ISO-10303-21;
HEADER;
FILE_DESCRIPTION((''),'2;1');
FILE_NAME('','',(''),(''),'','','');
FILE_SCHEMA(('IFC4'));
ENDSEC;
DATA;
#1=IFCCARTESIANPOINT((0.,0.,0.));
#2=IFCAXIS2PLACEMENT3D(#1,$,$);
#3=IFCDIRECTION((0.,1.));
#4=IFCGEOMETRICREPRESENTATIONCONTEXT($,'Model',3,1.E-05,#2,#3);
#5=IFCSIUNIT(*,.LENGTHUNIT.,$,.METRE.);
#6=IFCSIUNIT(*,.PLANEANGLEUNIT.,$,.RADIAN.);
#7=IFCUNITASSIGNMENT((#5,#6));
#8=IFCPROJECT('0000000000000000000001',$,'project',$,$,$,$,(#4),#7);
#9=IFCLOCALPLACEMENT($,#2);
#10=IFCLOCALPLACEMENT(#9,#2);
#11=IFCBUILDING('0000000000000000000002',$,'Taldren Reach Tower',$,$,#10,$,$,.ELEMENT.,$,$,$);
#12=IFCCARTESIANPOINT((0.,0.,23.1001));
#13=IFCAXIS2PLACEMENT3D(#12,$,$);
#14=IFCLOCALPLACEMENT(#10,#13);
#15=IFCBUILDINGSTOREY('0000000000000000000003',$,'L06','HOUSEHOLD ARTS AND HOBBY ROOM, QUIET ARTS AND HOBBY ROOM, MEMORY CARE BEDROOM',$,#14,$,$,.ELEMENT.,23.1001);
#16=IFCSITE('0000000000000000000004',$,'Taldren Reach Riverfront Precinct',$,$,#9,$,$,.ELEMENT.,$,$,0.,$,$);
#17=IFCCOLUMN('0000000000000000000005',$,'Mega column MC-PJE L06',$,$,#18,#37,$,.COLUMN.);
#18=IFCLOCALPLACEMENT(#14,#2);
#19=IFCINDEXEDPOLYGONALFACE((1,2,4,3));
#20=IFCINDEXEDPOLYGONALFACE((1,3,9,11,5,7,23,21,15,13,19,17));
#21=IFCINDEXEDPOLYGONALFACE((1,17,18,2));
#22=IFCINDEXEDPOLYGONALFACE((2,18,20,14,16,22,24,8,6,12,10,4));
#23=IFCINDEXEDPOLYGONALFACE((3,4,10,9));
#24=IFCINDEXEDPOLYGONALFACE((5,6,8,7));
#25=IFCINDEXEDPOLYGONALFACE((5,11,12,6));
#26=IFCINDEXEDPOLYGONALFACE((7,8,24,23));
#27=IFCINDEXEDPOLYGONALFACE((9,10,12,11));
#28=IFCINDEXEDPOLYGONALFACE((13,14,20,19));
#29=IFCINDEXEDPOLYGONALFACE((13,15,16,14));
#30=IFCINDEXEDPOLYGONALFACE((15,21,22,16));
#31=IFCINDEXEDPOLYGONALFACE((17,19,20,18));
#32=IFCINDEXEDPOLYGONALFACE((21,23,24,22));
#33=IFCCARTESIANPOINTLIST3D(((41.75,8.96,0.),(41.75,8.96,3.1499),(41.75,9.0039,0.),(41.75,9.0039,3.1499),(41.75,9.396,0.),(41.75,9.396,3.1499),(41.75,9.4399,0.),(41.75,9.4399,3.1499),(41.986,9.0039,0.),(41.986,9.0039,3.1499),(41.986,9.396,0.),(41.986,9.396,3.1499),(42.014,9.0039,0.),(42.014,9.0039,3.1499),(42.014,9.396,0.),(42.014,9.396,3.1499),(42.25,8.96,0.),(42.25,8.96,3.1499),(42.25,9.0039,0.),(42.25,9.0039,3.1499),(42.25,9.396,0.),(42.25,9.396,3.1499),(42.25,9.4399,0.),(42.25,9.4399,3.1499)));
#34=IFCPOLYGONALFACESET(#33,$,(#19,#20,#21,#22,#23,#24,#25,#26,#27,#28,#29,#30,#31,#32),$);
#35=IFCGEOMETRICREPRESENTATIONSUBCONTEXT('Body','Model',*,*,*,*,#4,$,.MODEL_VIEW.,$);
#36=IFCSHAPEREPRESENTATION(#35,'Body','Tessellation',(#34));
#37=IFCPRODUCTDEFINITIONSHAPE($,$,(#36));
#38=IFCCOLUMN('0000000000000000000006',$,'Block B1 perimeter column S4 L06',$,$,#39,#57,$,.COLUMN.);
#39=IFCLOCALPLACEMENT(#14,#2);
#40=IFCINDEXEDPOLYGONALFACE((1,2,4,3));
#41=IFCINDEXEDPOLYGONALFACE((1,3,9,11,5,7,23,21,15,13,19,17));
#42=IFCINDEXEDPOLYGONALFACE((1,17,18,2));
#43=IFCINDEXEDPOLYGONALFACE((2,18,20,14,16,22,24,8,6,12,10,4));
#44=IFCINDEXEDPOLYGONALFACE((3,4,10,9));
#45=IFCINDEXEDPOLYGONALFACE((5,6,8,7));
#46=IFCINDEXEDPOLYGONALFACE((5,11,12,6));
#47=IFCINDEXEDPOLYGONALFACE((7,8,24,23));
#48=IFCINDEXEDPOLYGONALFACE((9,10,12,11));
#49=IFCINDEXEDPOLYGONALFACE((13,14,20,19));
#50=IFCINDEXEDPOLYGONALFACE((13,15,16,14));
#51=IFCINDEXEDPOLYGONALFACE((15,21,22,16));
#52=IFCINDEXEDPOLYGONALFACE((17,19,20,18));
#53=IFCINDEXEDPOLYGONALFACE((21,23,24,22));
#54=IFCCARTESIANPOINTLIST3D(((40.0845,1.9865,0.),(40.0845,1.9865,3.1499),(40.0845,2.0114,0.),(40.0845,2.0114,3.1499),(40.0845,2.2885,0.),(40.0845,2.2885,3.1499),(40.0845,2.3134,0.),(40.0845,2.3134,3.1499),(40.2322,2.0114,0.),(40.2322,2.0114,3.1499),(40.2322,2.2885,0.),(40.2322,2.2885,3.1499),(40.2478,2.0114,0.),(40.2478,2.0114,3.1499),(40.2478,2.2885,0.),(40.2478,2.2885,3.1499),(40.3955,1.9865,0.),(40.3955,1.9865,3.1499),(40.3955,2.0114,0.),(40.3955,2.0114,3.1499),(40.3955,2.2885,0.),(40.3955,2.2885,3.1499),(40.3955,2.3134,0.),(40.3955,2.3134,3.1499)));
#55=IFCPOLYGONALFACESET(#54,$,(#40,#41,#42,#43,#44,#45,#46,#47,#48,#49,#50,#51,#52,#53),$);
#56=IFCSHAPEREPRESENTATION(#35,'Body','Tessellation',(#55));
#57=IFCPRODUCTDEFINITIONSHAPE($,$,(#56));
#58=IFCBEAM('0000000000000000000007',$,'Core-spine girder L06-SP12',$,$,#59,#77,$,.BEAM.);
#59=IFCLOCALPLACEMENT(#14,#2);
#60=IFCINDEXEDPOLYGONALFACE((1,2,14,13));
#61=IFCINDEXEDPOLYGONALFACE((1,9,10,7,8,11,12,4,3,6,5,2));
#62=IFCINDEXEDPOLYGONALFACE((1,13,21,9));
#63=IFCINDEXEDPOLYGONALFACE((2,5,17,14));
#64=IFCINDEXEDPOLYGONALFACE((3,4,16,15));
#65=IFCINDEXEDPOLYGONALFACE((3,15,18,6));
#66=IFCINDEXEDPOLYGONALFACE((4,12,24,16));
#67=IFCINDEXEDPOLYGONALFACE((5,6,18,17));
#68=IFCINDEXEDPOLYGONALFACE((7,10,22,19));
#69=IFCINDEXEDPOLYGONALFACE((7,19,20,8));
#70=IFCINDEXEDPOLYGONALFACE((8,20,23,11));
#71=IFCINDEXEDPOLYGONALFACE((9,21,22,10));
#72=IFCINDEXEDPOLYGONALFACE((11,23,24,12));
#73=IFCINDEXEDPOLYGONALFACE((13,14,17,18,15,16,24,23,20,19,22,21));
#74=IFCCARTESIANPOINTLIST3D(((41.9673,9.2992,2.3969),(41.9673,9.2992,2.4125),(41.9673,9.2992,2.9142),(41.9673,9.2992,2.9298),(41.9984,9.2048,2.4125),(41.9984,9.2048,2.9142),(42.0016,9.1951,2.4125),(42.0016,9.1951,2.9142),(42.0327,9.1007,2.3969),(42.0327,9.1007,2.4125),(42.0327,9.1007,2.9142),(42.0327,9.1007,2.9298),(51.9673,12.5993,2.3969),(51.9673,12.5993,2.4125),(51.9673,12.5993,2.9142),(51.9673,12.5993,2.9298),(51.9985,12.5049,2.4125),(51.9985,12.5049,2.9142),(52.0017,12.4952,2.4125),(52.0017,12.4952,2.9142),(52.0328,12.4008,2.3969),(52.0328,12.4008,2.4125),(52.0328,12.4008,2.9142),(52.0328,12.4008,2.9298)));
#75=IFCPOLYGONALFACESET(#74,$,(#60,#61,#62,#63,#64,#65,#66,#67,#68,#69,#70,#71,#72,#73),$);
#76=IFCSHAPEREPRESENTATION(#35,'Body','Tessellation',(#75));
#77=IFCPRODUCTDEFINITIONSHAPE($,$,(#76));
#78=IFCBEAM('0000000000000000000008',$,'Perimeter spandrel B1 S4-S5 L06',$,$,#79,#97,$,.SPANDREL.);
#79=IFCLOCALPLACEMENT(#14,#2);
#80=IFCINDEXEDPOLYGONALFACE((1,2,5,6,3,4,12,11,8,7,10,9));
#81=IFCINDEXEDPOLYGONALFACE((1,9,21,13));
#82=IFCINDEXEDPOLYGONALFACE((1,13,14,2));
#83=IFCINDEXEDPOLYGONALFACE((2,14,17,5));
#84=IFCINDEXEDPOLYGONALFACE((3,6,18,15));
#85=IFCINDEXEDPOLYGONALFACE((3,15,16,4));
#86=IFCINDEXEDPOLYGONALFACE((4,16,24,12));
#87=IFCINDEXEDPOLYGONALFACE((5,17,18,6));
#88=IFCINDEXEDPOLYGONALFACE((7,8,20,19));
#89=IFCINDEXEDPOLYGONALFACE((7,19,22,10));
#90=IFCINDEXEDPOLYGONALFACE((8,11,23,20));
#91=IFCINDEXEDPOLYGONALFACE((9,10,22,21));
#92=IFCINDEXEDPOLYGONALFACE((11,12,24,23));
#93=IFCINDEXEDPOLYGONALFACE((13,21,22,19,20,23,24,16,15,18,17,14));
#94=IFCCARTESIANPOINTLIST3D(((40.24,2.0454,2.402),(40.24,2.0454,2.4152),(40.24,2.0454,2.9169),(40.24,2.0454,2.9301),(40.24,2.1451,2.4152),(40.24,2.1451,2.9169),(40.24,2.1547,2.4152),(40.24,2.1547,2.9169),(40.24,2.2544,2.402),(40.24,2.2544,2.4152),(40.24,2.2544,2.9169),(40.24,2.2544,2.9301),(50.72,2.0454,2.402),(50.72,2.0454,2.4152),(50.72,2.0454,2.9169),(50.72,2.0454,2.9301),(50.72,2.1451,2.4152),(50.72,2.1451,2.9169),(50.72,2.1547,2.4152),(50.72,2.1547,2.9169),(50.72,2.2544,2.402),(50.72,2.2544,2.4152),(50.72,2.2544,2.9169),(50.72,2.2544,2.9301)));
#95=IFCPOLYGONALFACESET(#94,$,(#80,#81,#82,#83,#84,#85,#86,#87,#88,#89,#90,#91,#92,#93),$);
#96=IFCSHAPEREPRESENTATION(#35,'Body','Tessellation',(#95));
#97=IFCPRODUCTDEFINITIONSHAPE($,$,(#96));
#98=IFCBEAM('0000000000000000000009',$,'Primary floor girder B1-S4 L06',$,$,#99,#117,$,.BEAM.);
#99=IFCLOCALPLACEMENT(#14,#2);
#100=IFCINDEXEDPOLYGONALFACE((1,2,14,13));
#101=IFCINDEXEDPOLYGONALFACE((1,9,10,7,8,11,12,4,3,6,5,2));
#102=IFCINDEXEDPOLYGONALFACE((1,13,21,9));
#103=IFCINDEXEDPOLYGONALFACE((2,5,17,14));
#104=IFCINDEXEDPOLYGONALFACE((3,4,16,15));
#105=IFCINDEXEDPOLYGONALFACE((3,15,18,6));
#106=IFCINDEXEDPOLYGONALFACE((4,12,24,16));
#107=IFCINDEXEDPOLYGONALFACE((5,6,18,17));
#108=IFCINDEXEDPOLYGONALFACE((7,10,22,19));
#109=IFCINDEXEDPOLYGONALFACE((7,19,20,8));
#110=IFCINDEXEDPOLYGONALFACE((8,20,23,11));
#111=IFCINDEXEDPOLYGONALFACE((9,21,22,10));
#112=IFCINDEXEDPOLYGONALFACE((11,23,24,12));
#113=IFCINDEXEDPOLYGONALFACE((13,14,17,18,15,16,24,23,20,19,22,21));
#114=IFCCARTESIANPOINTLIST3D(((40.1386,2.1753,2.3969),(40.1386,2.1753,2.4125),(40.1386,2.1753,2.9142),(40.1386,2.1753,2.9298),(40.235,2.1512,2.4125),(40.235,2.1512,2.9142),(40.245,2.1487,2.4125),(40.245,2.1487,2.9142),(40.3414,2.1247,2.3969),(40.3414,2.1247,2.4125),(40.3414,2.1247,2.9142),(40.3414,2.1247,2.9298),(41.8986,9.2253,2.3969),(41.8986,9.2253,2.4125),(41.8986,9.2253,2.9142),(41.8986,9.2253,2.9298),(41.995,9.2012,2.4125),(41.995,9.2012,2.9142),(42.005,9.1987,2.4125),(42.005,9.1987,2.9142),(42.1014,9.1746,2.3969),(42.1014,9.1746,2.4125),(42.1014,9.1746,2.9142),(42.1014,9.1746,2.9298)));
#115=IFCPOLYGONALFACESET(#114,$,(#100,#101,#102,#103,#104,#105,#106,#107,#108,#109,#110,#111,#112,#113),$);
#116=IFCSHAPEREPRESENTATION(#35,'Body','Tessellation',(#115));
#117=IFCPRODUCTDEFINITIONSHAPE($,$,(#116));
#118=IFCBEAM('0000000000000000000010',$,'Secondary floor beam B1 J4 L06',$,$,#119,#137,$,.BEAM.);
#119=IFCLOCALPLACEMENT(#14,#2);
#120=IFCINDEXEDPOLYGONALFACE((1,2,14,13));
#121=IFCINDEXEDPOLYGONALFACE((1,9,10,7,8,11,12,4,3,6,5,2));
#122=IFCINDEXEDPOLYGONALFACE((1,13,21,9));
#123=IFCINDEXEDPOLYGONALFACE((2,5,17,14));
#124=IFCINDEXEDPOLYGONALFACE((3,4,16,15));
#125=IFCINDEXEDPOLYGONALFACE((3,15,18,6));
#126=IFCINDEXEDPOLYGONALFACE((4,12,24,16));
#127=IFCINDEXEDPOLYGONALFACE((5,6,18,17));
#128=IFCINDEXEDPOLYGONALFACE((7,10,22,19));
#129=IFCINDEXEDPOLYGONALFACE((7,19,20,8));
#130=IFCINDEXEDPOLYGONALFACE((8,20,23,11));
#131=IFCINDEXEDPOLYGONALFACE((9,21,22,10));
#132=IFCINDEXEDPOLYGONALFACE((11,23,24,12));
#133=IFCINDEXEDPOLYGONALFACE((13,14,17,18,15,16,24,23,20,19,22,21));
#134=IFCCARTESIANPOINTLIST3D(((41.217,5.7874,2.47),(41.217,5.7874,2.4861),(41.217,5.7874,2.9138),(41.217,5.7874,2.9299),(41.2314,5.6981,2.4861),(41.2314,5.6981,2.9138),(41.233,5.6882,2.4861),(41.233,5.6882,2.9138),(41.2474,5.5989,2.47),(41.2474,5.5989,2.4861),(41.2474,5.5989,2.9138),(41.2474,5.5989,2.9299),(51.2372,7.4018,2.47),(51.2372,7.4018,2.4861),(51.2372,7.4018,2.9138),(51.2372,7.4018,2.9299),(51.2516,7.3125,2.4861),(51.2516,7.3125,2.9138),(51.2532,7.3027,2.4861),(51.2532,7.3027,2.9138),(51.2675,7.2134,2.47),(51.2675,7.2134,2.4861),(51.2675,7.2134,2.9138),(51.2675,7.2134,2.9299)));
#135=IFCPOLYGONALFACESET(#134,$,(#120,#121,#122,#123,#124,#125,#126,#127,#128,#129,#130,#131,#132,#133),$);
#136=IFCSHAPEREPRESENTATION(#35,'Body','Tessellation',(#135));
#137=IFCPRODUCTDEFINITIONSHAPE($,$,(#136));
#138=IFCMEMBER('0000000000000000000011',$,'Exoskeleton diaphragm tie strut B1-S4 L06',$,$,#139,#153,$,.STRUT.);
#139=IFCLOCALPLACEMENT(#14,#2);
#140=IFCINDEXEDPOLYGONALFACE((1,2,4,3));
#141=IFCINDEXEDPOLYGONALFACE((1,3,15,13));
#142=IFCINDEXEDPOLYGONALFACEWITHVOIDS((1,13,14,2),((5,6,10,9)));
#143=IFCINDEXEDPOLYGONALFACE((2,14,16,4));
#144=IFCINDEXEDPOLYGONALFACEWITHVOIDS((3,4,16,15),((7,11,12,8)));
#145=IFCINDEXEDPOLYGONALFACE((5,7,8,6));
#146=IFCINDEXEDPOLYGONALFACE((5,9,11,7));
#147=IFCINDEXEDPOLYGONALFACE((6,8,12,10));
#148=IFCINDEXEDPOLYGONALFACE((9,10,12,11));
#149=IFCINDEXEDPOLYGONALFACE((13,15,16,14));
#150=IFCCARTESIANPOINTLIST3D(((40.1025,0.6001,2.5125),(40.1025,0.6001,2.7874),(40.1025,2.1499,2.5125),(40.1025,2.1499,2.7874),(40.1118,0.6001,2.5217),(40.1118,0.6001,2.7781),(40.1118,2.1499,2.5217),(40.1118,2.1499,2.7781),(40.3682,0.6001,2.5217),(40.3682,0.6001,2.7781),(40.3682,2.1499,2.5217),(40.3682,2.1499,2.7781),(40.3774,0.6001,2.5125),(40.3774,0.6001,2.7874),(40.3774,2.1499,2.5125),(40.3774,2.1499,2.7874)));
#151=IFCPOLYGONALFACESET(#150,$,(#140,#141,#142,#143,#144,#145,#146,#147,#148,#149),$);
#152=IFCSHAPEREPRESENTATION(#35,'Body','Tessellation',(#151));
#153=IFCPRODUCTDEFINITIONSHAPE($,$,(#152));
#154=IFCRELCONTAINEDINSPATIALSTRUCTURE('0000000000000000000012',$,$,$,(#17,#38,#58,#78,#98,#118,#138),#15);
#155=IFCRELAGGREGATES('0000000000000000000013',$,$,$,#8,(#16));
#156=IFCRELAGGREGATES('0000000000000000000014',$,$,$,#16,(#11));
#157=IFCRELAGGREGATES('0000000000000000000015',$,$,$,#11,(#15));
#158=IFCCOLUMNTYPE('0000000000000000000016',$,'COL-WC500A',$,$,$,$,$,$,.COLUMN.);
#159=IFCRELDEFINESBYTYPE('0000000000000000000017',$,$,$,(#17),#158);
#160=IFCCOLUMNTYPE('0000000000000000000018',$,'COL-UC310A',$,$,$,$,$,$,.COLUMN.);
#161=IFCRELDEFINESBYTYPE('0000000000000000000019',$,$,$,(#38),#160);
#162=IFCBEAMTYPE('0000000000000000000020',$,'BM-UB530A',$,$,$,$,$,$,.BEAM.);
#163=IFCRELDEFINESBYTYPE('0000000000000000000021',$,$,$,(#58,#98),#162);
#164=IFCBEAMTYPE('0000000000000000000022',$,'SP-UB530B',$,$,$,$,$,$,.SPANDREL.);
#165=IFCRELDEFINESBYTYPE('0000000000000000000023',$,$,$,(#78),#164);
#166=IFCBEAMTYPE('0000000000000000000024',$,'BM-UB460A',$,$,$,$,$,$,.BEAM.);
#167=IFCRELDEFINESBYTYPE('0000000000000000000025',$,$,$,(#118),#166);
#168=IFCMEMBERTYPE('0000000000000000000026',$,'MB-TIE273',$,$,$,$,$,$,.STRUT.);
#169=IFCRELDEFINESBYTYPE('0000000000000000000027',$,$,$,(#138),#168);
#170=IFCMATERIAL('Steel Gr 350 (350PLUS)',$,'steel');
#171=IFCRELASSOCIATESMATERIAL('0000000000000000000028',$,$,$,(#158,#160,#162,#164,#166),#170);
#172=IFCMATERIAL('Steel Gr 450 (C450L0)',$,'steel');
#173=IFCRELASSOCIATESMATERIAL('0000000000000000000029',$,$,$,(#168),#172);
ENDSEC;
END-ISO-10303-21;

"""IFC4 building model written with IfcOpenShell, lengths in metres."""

from ifc_helpers import new_model, si_unit, direction, frame, origin, origin_2d, place, context, subcontext, project, spatial, hollow_rectangle, i_section, extrude, source, transform, mapped, material, material_profile, profile_set, type_object, element, save


model = new_model("IFC4")

# Units and contexts
model_context = context("Model", 3, precision=1e-05, world=origin(), true_north=direction((0.0, 1.0)))
body_context = subcontext(model_context, "Body", "Model", "MODEL_VIEW")
ifc_project = project(units=[si_unit("LENGTHUNIT", "METRE"), si_unit("PLANEANGLEUNIT", "RADIAN")], contexts=[model_context])

# Site, building, storey
site_placement = place(None, origin())
site = spatial("IfcSite", under=ifc_project, at=site_placement, Name="Taldren Reach Riverfront Precinct", CompositionType="ELEMENT", RefElevation=0.0)
building_placement = place(site_placement, origin())
building = spatial("IfcBuilding", under=site, at=building_placement, Name="Taldren Reach Tower", CompositionType="ELEMENT")
storey_placement = place(building_placement, frame((0.0, 0.0, 23.1001)))
storey = spatial("IfcBuildingStorey", under=building, at=storey_placement, Name="L06", Description="HOUSEHOLD ARTS AND HOBBY ROOM, QUIET ARTS AND HOBBY ROOM, MEMORY CARE BEDROOM", CompositionType="ELEMENT", Elevation=23.1001)

# Columns
ifc_material_1 = material(Name="Steel Gr 350 (350PLUS)", Category="steel")
ifc_material_profile_1 = material_profile(ifc_material_1, i_section(OverallWidth=0.5, OverallDepth=0.48, WebThickness=0.0281, FlangeThickness=0.0439, at=origin_2d()), Name="500WC440")
ifc_profile_set_1 = profile_set([ifc_material_profile_1], Name="Steel Gr 350 (350PLUS)")
column_type_1 = type_object("IfcColumnType", Name="COL-WC500A", PredefinedType="COLUMN", material=ifc_profile_set_1)
shared_shape_1 = source(origin(), body_context, "Body", "SweptSolid", [
    extrude(i_section(OverallWidth=0.5, OverallDepth=0.48, WebThickness=0.0281, FlangeThickness=0.0439, at=origin_2d()), origin(), (0.0, 0.0, 1.0), 3.1499),
])
column_1_placement = place(storey_placement, frame((42.0, 9.2, 0.0), z_axis=(0.0, 0.0, 1.0), x_axis=(1.0, 0.0, 0.0)))
element("IfcColumn", 1, at=column_1_placement, inside=storey, type_object=column_type_1, Name="Mega column MC-PJE L06", PredefinedType="COLUMN", context=body_context, shape_type="MappedRepresentation", body=[
    mapped(shared_shape_1, transform((0.0, 0.0, 0.0), scale=1.0)),
])
ifc_material_profile_2 = material_profile(ifc_material_1, i_section(OverallWidth=0.311, OverallDepth=0.3269, WebThickness=0.0156, FlangeThickness=0.0249, at=origin_2d()), Name="310UC158")
ifc_profile_set_2 = profile_set([ifc_material_profile_2], Name="Steel Gr 350 (350PLUS)")
column_type_2 = type_object("IfcColumnType", Name="COL-UC310A", PredefinedType="COLUMN", material=ifc_profile_set_2)
shared_shape_2 = source(origin(), body_context, "Body", "SweptSolid", [
    extrude(i_section(OverallWidth=0.311, OverallDepth=0.3269, WebThickness=0.0156, FlangeThickness=0.0249, at=origin_2d()), origin(), (0.0, 0.0, 1.0), 3.1499),
])
column_2_placement = place(storey_placement, frame((40.24, 2.1499, 0.0), z_axis=(0.0, 0.0, 1.0), x_axis=(1.0, 0.0, 0.0)))
element("IfcColumn", 2, at=column_2_placement, inside=storey, type_object=column_type_2, Name="Block B1 perimeter column S4 L06", PredefinedType="COLUMN", context=body_context, shape_type="MappedRepresentation", body=[
    mapped(shared_shape_2, transform((0.0, 0.0, 0.0), scale=1.0)),
])

# Beams
ifc_material_profile_3 = material_profile(ifc_material_1, i_section(OverallWidth=0.209, OverallDepth=0.533, WebThickness=0.0103, FlangeThickness=0.0156, at=origin_2d()), Name="530UB92.4")
ifc_profile_set_3 = profile_set([ifc_material_profile_3], Name="Steel Gr 350 (350PLUS)")
beam_type_1 = type_object("IfcBeamType", Name="BM-UB530A", PredefinedType="BEAM", material=ifc_profile_set_3)
shared_shape_3 = source(origin(), body_context, "Body", "SweptSolid", [
    extrude(i_section(OverallWidth=0.209, OverallDepth=0.533, WebThickness=0.0103, FlangeThickness=0.0156, at=origin_2d()), origin(), (0.0, 0.0, 1.0), 10.5305),
])
beam_1_placement = place(storey_placement, frame((42.0, 9.2, 2.6633), z_axis=(0.949627, 0.313382, 0.0), x_axis=(-0.313382, 0.949627, 0.0)))
element("IfcBeam", 3, at=beam_1_placement, inside=storey, type_object=beam_type_1, Name="Core-spine girder L06-SP12", PredefinedType="BEAM", context=body_context, shape_type="MappedRepresentation", body=[
    mapped(shared_shape_3, transform((0.0, 0.0, 0.0), scale=1.0)),
])
ifc_material_profile_4 = material_profile(ifc_material_1, i_section(OverallWidth=0.209, OverallDepth=0.5281, WebThickness=0.0095, FlangeThickness=0.0132, at=origin_2d()), Name="530UB82.0")
ifc_profile_set_4 = profile_set([ifc_material_profile_4], Name="Steel Gr 350 (350PLUS)")
beam_type_2 = type_object("IfcBeamType", Name="SP-UB530B", PredefinedType="SPANDREL", material=ifc_profile_set_4)
shared_shape_4 = source(origin(), body_context, "Body", "SweptSolid", [
    extrude(i_section(OverallWidth=0.209, OverallDepth=0.5281, WebThickness=0.0095, FlangeThickness=0.0132, at=origin_2d()), origin(), (0.0, 0.0, 1.0), 10.48),
])
beam_2_placement = place(storey_placement, frame((40.24, 2.1499, 2.666), z_axis=(1.0, 0.0, 0.0), x_axis=(0.0, 1.0, 0.0)))
element("IfcBeam", 4, at=beam_2_placement, inside=storey, type_object=beam_type_2, Name="Perimeter spandrel B1 S4-S5 L06", PredefinedType="SPANDREL", context=body_context, shape_type="MappedRepresentation", body=[
    mapped(shared_shape_4, transform((0.0, 0.0, 0.0), scale=1.0)),
])
shared_shape_5 = source(origin(), body_context, "Body", "SweptSolid", [
    extrude(i_section(OverallWidth=0.209, OverallDepth=0.533, WebThickness=0.0103, FlangeThickness=0.0156, at=origin_2d()), origin(), (0.0, 0.0, 1.0), 7.2664),
])
beam_3_placement = place(storey_placement, frame((42.0, 9.2, 2.6633), z_axis=(-0.242211, -0.970223, 0.0), x_axis=(0.970223, -0.242211, 0.0)))
element("IfcBeam", 5, at=beam_3_placement, inside=storey, type_object=beam_type_1, Name="Primary floor girder B1-S4 L06", PredefinedType="BEAM", context=body_context, shape_type="MappedRepresentation", body=[
    mapped(shared_shape_5, transform((0.0, 0.0, 0.0), scale=1.0)),
])
ifc_material_profile_5 = material_profile(ifc_material_1, i_section(OverallWidth=0.1909, OverallDepth=0.46, WebThickness=0.01, FlangeThickness=0.0161, at=origin_2d()), Name="460UB82.1")
ifc_profile_set_5 = profile_set([ifc_material_profile_5], Name="Steel Gr 350 (350PLUS)")
beam_type_3 = type_object("IfcBeamType", Name="BM-UB460A", PredefinedType="BEAM", material=ifc_profile_set_5)
shared_shape_6 = source(origin(), body_context, "Body", "SweptSolid", [
    extrude(i_section(OverallWidth=0.1909, OverallDepth=0.46, WebThickness=0.01, FlangeThickness=0.0161, at=origin_2d()), origin(), (0.0, 0.0, 1.0), 10.1494),
])
beam_4_placement = place(storey_placement, frame((41.2322, 5.6931, 2.7), z_axis=(0.987267, 0.159072, 0.0), x_axis=(-0.159072, 0.987267, 0.0)))
element("IfcBeam", 6, at=beam_4_placement, inside=storey, type_object=beam_type_3, Name="Secondary floor beam B1 J4 L06", PredefinedType="BEAM", context=body_context, shape_type="MappedRepresentation", body=[
    mapped(shared_shape_6, transform((0.0, 0.0, 0.0), scale=1.0)),
])

# Member
ifc_material_2 = material(Name="Steel Gr 450 (C450L0)", Category="steel")
ifc_material_profile_6 = material_profile(ifc_material_2, hollow_rectangle(XDim=0.2749, YDim=0.2749, WallThickness=0.0093, at=origin_2d()), Name="275x275x9.3SHS")
ifc_profile_set_6 = profile_set([ifc_material_profile_6], Name="Steel Gr 450 (C450L0)")
member_type_1 = type_object("IfcMemberType", Name="MB-TIE273", PredefinedType="STRUT", material=ifc_profile_set_6)
shared_shape_7 = source(origin(), body_context, "Body", "SweptSolid", [
    extrude(hollow_rectangle(XDim=0.2749, YDim=0.2749, WallThickness=0.0093, at=origin_2d()), origin(), (0.0, 0.0, 1.0), 1.5498),
])
member_placement = place(storey_placement, frame((40.24, 2.1499, 2.6499), z_axis=(0.0, -1.0, 0.0), x_axis=(1.0, 0.0, 0.0)))
element("IfcMember", 7, at=member_placement, inside=storey, type_object=member_type_1, Name="Exoskeleton diaphragm tie strut B1-S4 L06", PredefinedType="STRUT", context=body_context, shape_type="MappedRepresentation", body=[
    mapped(shared_shape_7, transform((0.0, 0.0, 0.0), scale=1.0)),
])

save(model, "model.ifc")
